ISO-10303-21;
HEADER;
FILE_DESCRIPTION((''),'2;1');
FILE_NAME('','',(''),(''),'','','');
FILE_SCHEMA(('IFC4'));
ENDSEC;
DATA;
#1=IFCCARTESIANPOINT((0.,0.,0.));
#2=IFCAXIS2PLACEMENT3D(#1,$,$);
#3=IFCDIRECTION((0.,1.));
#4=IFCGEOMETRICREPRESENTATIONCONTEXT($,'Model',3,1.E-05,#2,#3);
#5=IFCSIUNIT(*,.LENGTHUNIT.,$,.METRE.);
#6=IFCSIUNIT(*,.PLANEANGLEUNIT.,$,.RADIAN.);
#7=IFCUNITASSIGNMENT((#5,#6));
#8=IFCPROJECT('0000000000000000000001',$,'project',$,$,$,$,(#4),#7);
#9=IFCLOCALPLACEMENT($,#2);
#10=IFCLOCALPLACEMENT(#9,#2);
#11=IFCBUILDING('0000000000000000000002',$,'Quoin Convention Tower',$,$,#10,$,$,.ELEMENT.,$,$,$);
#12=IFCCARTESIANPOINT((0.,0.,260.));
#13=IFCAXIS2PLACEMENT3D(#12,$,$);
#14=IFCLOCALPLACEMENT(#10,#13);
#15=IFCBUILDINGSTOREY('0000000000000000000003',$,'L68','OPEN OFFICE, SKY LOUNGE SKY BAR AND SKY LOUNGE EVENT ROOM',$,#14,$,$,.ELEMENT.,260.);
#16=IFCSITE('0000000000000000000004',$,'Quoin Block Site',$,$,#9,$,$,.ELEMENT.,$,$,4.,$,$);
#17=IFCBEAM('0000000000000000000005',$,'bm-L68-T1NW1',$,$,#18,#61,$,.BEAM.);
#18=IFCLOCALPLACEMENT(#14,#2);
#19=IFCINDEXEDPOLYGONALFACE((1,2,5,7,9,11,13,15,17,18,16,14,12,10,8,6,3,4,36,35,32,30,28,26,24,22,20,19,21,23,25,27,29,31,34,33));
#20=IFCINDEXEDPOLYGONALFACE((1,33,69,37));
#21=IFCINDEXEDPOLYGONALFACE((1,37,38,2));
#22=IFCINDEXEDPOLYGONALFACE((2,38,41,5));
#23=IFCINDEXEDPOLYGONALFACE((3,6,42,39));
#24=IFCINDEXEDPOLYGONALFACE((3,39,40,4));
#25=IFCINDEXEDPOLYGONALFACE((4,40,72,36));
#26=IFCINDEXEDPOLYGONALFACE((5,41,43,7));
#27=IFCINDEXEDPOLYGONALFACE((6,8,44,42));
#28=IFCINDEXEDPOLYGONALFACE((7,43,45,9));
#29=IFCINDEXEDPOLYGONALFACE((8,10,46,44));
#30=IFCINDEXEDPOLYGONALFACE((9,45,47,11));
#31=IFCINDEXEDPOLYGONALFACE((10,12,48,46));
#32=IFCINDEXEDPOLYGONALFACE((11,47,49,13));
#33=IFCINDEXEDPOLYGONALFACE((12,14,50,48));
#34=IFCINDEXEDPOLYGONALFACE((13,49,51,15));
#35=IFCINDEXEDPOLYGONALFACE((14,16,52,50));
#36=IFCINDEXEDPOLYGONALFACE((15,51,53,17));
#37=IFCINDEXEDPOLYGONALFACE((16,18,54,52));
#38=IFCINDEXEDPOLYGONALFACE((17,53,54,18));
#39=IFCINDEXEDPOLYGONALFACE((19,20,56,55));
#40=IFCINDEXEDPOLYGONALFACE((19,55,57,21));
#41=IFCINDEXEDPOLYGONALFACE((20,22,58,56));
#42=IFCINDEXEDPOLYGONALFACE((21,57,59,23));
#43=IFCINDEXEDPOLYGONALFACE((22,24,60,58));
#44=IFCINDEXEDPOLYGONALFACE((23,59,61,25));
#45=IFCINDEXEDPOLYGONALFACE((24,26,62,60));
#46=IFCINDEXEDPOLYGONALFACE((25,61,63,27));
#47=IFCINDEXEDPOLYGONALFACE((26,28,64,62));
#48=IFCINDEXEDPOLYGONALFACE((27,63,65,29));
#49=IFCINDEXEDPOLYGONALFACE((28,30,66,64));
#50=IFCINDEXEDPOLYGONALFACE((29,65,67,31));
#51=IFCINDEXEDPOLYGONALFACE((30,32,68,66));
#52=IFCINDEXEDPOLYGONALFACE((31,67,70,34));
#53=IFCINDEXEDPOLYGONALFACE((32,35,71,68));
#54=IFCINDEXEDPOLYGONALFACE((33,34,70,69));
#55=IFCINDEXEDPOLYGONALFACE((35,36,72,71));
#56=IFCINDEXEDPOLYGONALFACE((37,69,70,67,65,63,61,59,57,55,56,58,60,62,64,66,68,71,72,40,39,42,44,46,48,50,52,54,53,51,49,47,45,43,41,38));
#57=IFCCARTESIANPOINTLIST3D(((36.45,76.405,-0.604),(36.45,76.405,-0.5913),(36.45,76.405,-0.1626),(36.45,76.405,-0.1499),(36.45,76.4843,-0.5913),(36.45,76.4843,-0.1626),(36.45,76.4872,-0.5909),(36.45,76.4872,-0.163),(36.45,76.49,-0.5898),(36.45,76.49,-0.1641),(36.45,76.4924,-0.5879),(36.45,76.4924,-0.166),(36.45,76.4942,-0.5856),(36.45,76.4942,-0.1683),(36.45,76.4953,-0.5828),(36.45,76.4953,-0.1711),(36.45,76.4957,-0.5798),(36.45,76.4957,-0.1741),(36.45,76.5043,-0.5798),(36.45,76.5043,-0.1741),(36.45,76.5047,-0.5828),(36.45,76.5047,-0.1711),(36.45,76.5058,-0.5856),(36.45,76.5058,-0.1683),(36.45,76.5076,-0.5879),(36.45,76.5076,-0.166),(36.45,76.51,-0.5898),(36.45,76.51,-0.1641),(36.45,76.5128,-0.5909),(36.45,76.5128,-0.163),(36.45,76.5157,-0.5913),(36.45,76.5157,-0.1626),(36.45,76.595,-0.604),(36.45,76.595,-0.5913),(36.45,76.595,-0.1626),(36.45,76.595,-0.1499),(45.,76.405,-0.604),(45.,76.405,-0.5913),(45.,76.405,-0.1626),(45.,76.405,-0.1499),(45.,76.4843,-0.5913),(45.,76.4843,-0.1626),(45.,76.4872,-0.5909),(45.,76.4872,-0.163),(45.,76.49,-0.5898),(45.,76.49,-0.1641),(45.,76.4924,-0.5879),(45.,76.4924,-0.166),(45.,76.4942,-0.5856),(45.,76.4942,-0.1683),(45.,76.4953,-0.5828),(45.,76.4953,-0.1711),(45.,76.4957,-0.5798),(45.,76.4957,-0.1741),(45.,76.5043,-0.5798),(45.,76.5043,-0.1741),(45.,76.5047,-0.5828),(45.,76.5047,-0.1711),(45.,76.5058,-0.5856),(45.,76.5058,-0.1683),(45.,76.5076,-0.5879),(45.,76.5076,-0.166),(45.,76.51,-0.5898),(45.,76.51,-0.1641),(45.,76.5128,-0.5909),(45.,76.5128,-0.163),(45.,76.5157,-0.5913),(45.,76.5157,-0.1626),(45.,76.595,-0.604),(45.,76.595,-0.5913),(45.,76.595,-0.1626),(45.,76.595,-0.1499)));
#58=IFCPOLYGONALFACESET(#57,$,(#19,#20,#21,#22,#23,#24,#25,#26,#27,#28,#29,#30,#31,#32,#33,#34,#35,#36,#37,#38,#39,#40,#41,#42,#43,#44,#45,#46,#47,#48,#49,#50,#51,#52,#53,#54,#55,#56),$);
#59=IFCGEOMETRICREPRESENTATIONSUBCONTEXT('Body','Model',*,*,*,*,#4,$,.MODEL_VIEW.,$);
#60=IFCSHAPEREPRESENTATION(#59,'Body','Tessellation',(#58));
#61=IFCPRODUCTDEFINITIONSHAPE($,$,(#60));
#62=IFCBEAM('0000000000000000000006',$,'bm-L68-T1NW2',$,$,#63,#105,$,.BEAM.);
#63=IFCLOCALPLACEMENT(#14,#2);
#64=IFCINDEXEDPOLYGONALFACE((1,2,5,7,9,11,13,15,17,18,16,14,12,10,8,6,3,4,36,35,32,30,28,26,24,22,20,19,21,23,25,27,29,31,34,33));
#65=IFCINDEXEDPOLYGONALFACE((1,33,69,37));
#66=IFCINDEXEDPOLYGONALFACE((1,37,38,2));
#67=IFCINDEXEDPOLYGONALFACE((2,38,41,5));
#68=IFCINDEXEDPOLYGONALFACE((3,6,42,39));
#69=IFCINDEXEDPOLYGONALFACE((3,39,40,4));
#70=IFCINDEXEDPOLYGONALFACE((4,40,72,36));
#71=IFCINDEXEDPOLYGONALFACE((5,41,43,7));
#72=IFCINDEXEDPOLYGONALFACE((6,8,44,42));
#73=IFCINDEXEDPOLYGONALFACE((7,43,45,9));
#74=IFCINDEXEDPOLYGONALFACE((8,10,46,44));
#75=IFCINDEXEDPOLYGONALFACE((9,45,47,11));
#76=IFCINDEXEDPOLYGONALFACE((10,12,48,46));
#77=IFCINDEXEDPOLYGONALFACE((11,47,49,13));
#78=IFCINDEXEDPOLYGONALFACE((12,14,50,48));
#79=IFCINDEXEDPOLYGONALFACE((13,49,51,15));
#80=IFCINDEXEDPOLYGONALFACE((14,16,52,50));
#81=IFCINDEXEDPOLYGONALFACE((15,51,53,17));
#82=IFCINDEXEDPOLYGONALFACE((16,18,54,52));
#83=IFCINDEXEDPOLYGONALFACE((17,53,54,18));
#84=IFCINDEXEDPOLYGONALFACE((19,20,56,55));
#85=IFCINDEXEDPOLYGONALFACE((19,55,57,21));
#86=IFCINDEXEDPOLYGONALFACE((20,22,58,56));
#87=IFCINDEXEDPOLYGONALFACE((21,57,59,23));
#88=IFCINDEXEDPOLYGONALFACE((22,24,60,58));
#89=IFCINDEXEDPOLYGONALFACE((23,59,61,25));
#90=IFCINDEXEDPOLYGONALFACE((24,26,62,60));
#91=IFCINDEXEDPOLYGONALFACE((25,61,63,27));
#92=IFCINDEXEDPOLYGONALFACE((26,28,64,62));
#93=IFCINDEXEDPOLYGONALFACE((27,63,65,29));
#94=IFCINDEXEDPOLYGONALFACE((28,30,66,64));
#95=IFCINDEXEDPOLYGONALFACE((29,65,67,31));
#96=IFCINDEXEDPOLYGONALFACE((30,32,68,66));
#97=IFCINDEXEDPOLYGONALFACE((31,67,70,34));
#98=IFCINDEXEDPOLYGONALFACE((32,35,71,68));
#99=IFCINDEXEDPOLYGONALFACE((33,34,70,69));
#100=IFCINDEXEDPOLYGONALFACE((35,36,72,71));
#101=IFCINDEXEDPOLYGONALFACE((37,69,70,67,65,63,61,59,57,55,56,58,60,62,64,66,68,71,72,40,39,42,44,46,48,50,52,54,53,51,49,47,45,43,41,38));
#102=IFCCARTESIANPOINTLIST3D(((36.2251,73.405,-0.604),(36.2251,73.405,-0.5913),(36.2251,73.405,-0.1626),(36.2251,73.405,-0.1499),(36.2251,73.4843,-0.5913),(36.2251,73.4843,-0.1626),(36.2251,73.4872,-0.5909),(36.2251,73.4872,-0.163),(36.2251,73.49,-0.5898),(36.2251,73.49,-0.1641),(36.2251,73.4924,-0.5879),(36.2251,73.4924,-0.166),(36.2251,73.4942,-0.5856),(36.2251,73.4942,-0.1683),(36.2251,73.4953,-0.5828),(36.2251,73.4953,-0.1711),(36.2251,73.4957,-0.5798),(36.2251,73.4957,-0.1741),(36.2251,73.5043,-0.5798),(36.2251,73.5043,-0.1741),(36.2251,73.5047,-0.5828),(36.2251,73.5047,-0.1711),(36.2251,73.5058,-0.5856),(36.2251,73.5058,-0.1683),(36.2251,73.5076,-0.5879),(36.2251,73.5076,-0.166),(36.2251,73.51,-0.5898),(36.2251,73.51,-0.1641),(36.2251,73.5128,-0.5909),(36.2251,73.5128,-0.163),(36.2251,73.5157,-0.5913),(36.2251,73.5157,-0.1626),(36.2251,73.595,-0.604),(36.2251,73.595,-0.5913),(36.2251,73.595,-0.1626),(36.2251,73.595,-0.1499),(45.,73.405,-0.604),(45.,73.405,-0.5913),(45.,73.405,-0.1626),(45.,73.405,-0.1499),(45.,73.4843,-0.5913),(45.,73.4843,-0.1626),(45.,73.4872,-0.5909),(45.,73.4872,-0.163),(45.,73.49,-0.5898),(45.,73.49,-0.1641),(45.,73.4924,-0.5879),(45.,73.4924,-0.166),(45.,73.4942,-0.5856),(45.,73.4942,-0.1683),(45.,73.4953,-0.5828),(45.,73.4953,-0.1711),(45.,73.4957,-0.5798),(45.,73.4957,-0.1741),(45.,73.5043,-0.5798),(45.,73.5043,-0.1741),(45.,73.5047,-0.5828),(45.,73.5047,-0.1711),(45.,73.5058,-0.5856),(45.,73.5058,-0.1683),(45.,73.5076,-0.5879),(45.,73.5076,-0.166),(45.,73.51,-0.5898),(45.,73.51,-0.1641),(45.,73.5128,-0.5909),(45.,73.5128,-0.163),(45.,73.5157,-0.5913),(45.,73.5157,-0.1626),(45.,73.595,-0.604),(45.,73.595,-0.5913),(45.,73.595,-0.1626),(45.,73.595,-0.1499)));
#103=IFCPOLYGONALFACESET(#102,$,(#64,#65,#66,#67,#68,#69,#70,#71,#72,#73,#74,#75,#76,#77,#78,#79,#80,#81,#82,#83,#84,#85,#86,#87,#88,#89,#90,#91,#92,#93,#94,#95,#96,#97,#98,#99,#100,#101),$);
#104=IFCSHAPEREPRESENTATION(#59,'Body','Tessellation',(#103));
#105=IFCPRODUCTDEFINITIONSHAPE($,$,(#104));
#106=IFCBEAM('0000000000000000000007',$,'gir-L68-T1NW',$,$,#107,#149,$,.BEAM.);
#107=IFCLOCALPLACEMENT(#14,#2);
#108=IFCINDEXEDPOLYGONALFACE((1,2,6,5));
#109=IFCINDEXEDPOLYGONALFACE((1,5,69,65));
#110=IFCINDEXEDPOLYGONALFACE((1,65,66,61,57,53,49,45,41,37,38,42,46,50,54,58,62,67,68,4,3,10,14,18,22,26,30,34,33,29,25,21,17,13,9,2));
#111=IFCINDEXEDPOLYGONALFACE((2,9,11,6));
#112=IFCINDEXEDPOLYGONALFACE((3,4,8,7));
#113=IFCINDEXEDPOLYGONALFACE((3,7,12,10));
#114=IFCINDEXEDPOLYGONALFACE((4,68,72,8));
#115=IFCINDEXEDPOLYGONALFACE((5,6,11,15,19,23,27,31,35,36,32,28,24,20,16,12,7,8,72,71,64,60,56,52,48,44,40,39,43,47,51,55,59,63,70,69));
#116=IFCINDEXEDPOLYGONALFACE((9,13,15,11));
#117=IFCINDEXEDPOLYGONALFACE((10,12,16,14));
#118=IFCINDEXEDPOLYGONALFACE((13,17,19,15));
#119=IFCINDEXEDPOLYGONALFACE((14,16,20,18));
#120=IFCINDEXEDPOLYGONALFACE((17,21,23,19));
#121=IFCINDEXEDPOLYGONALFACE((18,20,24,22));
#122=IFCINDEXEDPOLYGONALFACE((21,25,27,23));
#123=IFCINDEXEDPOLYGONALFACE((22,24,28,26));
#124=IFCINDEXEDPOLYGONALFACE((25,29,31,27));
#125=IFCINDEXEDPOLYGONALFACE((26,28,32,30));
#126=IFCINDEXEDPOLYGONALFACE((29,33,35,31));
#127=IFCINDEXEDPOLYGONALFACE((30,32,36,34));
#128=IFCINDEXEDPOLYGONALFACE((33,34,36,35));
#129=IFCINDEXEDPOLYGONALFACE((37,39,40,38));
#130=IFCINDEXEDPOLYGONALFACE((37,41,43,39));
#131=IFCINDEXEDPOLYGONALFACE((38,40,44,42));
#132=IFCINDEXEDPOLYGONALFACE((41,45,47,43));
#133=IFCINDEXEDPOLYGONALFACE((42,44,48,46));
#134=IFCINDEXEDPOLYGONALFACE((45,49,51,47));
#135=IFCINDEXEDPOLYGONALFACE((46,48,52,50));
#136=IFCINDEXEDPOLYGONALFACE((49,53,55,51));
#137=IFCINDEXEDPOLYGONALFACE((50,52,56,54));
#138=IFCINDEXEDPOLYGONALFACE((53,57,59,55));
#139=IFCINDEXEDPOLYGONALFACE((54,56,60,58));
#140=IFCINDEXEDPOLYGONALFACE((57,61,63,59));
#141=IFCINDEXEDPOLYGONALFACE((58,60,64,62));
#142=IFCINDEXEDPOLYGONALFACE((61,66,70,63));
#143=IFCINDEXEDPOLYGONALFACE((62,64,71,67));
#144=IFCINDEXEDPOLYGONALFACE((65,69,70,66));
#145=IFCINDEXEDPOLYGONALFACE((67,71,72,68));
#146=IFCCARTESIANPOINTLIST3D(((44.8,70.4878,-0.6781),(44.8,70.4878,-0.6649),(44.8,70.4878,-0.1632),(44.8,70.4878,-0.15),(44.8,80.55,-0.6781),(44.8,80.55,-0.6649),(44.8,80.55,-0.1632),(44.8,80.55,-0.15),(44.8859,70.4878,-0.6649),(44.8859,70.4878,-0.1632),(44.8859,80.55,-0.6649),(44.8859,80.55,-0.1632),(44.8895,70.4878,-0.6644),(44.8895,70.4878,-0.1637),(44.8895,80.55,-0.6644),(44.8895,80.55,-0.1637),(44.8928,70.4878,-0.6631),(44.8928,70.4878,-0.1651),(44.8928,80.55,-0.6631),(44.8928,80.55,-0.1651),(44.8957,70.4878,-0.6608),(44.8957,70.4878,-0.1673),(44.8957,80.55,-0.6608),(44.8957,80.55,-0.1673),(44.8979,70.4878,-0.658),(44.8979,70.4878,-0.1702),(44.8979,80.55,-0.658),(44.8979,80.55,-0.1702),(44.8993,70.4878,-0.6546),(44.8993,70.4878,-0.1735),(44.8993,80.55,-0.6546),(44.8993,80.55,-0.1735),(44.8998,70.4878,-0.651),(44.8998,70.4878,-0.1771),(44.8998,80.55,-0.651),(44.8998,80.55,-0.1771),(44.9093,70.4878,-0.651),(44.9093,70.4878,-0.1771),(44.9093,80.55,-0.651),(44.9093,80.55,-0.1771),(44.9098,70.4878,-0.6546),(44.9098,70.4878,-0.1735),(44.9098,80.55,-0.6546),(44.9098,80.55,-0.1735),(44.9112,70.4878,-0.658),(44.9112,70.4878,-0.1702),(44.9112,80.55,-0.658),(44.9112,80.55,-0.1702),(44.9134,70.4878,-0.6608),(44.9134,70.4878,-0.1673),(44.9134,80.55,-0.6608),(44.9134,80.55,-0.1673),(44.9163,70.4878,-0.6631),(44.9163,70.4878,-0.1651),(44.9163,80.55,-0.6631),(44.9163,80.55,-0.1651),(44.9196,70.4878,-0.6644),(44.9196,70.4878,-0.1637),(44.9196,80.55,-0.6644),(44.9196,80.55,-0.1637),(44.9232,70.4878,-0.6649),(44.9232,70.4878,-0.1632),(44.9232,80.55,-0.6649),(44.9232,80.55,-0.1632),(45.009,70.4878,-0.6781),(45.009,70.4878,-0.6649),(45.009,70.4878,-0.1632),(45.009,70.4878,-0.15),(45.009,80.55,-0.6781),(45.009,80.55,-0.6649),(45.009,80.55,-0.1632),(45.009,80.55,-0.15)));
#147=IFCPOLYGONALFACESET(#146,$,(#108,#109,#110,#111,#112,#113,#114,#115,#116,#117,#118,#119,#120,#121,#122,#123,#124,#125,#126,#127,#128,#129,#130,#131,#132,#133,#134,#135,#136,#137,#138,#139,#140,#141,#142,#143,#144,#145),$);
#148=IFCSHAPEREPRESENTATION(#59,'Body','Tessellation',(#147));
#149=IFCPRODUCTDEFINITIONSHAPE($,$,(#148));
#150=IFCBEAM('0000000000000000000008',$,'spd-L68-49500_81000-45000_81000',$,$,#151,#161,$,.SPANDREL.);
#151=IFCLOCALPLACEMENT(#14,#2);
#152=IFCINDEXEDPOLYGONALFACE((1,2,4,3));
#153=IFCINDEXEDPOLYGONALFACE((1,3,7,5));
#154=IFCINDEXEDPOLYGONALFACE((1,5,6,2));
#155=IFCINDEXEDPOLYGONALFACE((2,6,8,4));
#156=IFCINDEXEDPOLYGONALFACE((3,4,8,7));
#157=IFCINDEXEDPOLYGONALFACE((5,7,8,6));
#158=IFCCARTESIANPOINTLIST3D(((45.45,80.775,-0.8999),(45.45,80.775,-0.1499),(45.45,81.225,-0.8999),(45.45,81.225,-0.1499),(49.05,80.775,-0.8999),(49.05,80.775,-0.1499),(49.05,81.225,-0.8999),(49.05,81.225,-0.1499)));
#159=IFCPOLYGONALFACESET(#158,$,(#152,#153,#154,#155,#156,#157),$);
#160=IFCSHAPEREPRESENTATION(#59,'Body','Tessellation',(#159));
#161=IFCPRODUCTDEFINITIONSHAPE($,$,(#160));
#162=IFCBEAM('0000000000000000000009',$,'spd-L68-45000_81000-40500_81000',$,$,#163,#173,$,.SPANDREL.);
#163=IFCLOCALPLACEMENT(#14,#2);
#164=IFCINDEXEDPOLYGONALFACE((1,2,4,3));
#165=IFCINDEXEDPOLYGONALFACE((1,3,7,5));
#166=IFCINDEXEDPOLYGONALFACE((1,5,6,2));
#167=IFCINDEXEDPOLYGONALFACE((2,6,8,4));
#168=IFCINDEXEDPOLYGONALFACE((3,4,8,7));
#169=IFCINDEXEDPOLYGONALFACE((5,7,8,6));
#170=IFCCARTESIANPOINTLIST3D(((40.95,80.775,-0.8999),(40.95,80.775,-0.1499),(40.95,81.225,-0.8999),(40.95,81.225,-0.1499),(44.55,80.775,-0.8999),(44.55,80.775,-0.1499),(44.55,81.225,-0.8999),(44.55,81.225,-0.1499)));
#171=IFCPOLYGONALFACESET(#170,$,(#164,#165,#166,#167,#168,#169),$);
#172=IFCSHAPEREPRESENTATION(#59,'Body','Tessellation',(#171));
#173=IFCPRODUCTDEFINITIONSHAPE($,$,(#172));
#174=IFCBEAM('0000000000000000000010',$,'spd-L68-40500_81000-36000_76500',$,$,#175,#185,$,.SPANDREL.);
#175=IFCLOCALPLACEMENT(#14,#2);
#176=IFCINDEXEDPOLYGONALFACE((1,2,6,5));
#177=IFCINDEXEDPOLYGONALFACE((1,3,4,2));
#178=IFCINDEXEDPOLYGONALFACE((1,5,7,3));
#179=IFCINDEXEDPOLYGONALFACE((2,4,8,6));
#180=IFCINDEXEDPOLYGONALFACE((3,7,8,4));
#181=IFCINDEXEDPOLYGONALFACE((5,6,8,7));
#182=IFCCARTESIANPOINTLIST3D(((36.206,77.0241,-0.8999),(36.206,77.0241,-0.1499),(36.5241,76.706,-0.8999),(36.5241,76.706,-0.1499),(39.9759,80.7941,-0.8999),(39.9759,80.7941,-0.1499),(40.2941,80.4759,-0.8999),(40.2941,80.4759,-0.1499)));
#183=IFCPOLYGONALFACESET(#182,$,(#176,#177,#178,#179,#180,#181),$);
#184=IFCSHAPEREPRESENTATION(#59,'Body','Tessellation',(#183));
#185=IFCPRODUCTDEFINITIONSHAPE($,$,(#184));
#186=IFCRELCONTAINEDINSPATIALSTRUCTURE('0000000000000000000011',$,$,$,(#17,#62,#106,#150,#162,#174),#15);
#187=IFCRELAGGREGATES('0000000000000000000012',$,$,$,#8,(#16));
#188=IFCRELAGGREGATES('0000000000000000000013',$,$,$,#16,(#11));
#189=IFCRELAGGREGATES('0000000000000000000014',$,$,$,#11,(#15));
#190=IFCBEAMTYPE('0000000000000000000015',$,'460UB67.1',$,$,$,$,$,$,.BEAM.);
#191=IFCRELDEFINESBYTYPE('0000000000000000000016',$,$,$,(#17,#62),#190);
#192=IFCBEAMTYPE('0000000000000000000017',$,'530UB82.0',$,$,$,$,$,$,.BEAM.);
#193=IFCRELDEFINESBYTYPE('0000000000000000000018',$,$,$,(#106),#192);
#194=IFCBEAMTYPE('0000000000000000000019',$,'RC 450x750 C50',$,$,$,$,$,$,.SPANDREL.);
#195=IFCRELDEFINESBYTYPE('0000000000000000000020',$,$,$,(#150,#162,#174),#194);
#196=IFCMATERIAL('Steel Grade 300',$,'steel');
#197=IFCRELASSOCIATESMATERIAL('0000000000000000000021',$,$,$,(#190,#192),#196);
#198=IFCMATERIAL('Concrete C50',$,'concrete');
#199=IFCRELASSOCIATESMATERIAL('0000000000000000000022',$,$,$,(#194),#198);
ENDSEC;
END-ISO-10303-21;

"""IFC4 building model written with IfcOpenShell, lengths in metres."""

from ifc_helpers import new_model, si_unit, direction, frame, origin, origin_2d, place, context, subcontext, project, spatial, rectangle, i_section, extrude, material, material_profile, profile_set, type_object, element, save


model = new_model("IFC4")

# Units and contexts
model_context = context("Model", 3, precision=1e-05, world=origin(), true_north=direction((0.0, 1.0)))
body_context = subcontext(model_context, "Body", "Model", "MODEL_VIEW")
ifc_project = project(units=[si_unit("LENGTHUNIT", "METRE"), si_unit("PLANEANGLEUNIT", "RADIAN")], contexts=[model_context])

# Site, building, storey
site_placement = place(None, origin())
site = spatial("IfcSite", under=ifc_project, at=site_placement, Name="Quoin Block Site", CompositionType="ELEMENT", RefElevation=4.0)
building_placement = place(site_placement, origin())
building = spatial("IfcBuilding", under=site, at=building_placement, Name="Quoin Convention Tower", CompositionType="ELEMENT")
storey_placement = place(building_placement, frame((0.0, 0.0, 260.0)))
storey = spatial("IfcBuildingStorey", under=building, at=storey_placement, Name="L68", Description="OPEN OFFICE, SKY LOUNGE SKY BAR AND SKY LOUNGE EVENT ROOM", CompositionType="ELEMENT", Elevation=260.0)

# Shared definitions
ifc_material_1 = material(Name="Concrete C50", Category="concrete")

# Beams
ifc_material_2 = material(Name="Steel Grade 300", Category="steel")
ifc_material_profile_1 = material_profile(ifc_material_2, i_section(OverallWidth=0.1899, OverallDepth=0.4541, WebThickness=0.0085, FlangeThickness=0.0127, FilletRadius=0.0115, at=origin_2d()), Name="460UB67.1")
ifc_profile_set_1 = profile_set([ifc_material_profile_1], Name="Steel Grade 300")
beam_type_1 = type_object("IfcBeamType", Name="460UB67.1", PredefinedType="BEAM", material=ifc_profile_set_1)
beam_1_placement = place(storey_placement, frame((36.45, 76.5, -0.377), z_axis=(1.0, 0.0, 0.0), x_axis=(0.0, 1.0, 0.0)))
element("IfcBeam", 1, at=beam_1_placement, inside=storey, type_object=beam_type_1, Name="bm-L68-T1NW1", PredefinedType="BEAM", context=body_context, shape_type="SweptSolid", body=[
    extrude(i_section(OverallWidth=0.1899, OverallDepth=0.4541, WebThickness=0.0085, FlangeThickness=0.0127, FilletRadius=0.0115, at=origin_2d()), origin(), (0.0, 0.0, 1.0), 8.55),
])
beam_2_placement = place(storey_placement, frame((36.2251, 73.5, -0.377), z_axis=(1.0, 0.0, 0.0), x_axis=(0.0, 1.0, 0.0)))
element("IfcBeam", 2, at=beam_2_placement, inside=storey, type_object=beam_type_1, Name="bm-L68-T1NW2", PredefinedType="BEAM", context=body_context, shape_type="SweptSolid", body=[
    extrude(i_section(OverallWidth=0.1899, OverallDepth=0.4541, WebThickness=0.0085, FlangeThickness=0.0127, FilletRadius=0.0115, at=origin_2d()), origin(), (0.0, 0.0, 1.0), 8.7749),
])
ifc_material_profile_2 = material_profile(ifc_material_2, i_section(OverallWidth=0.209, OverallDepth=0.5281, WebThickness=0.0095, FlangeThickness=0.0132, FilletRadius=0.0139, at=origin_2d()), Name="530UB82.0")
ifc_profile_set_2 = profile_set([ifc_material_profile_2], Name="Steel Grade 300")
beam_type_2 = type_object("IfcBeamType", Name="530UB82.0", PredefinedType="BEAM", material=ifc_profile_set_2)
beam_3_placement = place(storey_placement, frame((44.9045, 80.55, -0.4141), z_axis=(0.0, -1.0, 0.0), x_axis=(1.0, 0.0, 0.0)))
element("IfcBeam", 3, at=beam_3_placement, inside=storey, type_object=beam_type_2, Name="gir-L68-T1NW", PredefinedType="BEAM", context=body_context, shape_type="SweptSolid", body=[
    extrude(i_section(OverallWidth=0.209, OverallDepth=0.5281, WebThickness=0.0095, FlangeThickness=0.0132, FilletRadius=0.0139, at=origin_2d()), origin(), (0.0, 0.0, 1.0), 10.0623),
])
ifc_material_profile_3 = material_profile(ifc_material_1, rectangle(XDim=0.45, YDim=0.75, at=origin_2d()), Name="RC 450x750")
ifc_profile_set_3 = profile_set([ifc_material_profile_3], Name="Concrete C50")
beam_type_3 = type_object("IfcBeamType", Name="RC 450x750 C50", PredefinedType="SPANDREL", material=ifc_profile_set_3)
for number, where, z_axis, x_axis, name in (
    (4, (49.05, 81.0, -0.5249), (-1.0, 0.0, 0.0), (0.0, -1.0, 0.0), "spd-L68-49500_81000-45000_81000"),
    (5, (44.55, 81.0, -0.5249), (-1.0, 0.0, 0.0), (0.0, -1.0, 0.0), "spd-L68-45000_81000-40500_81000"),
):
    element("IfcBeam", number, at=place(storey_placement, frame(where, z_axis=z_axis, x_axis=x_axis)), inside=storey, type_object=beam_type_3, Name=name, PredefinedType="SPANDREL", context=body_context, shape_type="SweptSolid", body=[
        extrude(rectangle(XDim=0.45, YDim=0.75, at=origin_2d()), origin(), (0.0, 0.0, 1.0), 3.6001),
    ])
beam_4_placement = place(storey_placement, frame((40.135, 80.635, -0.5249), z_axis=(-0.707107, -0.707107, 0.0), x_axis=(0.707107, -0.707107, 0.0)))
element("IfcBeam", 6, at=beam_4_placement, inside=storey, type_object=beam_type_3, Name="spd-L68-40500_81000-36000_76500", PredefinedType="SPANDREL", context=body_context, shape_type="SweptSolid", body=[
    extrude(rectangle(XDim=0.45, YDim=0.75, at=origin_2d()), origin(), (0.0, 0.0, 1.0), 5.3315),
])

save(model, "model.ifc")
